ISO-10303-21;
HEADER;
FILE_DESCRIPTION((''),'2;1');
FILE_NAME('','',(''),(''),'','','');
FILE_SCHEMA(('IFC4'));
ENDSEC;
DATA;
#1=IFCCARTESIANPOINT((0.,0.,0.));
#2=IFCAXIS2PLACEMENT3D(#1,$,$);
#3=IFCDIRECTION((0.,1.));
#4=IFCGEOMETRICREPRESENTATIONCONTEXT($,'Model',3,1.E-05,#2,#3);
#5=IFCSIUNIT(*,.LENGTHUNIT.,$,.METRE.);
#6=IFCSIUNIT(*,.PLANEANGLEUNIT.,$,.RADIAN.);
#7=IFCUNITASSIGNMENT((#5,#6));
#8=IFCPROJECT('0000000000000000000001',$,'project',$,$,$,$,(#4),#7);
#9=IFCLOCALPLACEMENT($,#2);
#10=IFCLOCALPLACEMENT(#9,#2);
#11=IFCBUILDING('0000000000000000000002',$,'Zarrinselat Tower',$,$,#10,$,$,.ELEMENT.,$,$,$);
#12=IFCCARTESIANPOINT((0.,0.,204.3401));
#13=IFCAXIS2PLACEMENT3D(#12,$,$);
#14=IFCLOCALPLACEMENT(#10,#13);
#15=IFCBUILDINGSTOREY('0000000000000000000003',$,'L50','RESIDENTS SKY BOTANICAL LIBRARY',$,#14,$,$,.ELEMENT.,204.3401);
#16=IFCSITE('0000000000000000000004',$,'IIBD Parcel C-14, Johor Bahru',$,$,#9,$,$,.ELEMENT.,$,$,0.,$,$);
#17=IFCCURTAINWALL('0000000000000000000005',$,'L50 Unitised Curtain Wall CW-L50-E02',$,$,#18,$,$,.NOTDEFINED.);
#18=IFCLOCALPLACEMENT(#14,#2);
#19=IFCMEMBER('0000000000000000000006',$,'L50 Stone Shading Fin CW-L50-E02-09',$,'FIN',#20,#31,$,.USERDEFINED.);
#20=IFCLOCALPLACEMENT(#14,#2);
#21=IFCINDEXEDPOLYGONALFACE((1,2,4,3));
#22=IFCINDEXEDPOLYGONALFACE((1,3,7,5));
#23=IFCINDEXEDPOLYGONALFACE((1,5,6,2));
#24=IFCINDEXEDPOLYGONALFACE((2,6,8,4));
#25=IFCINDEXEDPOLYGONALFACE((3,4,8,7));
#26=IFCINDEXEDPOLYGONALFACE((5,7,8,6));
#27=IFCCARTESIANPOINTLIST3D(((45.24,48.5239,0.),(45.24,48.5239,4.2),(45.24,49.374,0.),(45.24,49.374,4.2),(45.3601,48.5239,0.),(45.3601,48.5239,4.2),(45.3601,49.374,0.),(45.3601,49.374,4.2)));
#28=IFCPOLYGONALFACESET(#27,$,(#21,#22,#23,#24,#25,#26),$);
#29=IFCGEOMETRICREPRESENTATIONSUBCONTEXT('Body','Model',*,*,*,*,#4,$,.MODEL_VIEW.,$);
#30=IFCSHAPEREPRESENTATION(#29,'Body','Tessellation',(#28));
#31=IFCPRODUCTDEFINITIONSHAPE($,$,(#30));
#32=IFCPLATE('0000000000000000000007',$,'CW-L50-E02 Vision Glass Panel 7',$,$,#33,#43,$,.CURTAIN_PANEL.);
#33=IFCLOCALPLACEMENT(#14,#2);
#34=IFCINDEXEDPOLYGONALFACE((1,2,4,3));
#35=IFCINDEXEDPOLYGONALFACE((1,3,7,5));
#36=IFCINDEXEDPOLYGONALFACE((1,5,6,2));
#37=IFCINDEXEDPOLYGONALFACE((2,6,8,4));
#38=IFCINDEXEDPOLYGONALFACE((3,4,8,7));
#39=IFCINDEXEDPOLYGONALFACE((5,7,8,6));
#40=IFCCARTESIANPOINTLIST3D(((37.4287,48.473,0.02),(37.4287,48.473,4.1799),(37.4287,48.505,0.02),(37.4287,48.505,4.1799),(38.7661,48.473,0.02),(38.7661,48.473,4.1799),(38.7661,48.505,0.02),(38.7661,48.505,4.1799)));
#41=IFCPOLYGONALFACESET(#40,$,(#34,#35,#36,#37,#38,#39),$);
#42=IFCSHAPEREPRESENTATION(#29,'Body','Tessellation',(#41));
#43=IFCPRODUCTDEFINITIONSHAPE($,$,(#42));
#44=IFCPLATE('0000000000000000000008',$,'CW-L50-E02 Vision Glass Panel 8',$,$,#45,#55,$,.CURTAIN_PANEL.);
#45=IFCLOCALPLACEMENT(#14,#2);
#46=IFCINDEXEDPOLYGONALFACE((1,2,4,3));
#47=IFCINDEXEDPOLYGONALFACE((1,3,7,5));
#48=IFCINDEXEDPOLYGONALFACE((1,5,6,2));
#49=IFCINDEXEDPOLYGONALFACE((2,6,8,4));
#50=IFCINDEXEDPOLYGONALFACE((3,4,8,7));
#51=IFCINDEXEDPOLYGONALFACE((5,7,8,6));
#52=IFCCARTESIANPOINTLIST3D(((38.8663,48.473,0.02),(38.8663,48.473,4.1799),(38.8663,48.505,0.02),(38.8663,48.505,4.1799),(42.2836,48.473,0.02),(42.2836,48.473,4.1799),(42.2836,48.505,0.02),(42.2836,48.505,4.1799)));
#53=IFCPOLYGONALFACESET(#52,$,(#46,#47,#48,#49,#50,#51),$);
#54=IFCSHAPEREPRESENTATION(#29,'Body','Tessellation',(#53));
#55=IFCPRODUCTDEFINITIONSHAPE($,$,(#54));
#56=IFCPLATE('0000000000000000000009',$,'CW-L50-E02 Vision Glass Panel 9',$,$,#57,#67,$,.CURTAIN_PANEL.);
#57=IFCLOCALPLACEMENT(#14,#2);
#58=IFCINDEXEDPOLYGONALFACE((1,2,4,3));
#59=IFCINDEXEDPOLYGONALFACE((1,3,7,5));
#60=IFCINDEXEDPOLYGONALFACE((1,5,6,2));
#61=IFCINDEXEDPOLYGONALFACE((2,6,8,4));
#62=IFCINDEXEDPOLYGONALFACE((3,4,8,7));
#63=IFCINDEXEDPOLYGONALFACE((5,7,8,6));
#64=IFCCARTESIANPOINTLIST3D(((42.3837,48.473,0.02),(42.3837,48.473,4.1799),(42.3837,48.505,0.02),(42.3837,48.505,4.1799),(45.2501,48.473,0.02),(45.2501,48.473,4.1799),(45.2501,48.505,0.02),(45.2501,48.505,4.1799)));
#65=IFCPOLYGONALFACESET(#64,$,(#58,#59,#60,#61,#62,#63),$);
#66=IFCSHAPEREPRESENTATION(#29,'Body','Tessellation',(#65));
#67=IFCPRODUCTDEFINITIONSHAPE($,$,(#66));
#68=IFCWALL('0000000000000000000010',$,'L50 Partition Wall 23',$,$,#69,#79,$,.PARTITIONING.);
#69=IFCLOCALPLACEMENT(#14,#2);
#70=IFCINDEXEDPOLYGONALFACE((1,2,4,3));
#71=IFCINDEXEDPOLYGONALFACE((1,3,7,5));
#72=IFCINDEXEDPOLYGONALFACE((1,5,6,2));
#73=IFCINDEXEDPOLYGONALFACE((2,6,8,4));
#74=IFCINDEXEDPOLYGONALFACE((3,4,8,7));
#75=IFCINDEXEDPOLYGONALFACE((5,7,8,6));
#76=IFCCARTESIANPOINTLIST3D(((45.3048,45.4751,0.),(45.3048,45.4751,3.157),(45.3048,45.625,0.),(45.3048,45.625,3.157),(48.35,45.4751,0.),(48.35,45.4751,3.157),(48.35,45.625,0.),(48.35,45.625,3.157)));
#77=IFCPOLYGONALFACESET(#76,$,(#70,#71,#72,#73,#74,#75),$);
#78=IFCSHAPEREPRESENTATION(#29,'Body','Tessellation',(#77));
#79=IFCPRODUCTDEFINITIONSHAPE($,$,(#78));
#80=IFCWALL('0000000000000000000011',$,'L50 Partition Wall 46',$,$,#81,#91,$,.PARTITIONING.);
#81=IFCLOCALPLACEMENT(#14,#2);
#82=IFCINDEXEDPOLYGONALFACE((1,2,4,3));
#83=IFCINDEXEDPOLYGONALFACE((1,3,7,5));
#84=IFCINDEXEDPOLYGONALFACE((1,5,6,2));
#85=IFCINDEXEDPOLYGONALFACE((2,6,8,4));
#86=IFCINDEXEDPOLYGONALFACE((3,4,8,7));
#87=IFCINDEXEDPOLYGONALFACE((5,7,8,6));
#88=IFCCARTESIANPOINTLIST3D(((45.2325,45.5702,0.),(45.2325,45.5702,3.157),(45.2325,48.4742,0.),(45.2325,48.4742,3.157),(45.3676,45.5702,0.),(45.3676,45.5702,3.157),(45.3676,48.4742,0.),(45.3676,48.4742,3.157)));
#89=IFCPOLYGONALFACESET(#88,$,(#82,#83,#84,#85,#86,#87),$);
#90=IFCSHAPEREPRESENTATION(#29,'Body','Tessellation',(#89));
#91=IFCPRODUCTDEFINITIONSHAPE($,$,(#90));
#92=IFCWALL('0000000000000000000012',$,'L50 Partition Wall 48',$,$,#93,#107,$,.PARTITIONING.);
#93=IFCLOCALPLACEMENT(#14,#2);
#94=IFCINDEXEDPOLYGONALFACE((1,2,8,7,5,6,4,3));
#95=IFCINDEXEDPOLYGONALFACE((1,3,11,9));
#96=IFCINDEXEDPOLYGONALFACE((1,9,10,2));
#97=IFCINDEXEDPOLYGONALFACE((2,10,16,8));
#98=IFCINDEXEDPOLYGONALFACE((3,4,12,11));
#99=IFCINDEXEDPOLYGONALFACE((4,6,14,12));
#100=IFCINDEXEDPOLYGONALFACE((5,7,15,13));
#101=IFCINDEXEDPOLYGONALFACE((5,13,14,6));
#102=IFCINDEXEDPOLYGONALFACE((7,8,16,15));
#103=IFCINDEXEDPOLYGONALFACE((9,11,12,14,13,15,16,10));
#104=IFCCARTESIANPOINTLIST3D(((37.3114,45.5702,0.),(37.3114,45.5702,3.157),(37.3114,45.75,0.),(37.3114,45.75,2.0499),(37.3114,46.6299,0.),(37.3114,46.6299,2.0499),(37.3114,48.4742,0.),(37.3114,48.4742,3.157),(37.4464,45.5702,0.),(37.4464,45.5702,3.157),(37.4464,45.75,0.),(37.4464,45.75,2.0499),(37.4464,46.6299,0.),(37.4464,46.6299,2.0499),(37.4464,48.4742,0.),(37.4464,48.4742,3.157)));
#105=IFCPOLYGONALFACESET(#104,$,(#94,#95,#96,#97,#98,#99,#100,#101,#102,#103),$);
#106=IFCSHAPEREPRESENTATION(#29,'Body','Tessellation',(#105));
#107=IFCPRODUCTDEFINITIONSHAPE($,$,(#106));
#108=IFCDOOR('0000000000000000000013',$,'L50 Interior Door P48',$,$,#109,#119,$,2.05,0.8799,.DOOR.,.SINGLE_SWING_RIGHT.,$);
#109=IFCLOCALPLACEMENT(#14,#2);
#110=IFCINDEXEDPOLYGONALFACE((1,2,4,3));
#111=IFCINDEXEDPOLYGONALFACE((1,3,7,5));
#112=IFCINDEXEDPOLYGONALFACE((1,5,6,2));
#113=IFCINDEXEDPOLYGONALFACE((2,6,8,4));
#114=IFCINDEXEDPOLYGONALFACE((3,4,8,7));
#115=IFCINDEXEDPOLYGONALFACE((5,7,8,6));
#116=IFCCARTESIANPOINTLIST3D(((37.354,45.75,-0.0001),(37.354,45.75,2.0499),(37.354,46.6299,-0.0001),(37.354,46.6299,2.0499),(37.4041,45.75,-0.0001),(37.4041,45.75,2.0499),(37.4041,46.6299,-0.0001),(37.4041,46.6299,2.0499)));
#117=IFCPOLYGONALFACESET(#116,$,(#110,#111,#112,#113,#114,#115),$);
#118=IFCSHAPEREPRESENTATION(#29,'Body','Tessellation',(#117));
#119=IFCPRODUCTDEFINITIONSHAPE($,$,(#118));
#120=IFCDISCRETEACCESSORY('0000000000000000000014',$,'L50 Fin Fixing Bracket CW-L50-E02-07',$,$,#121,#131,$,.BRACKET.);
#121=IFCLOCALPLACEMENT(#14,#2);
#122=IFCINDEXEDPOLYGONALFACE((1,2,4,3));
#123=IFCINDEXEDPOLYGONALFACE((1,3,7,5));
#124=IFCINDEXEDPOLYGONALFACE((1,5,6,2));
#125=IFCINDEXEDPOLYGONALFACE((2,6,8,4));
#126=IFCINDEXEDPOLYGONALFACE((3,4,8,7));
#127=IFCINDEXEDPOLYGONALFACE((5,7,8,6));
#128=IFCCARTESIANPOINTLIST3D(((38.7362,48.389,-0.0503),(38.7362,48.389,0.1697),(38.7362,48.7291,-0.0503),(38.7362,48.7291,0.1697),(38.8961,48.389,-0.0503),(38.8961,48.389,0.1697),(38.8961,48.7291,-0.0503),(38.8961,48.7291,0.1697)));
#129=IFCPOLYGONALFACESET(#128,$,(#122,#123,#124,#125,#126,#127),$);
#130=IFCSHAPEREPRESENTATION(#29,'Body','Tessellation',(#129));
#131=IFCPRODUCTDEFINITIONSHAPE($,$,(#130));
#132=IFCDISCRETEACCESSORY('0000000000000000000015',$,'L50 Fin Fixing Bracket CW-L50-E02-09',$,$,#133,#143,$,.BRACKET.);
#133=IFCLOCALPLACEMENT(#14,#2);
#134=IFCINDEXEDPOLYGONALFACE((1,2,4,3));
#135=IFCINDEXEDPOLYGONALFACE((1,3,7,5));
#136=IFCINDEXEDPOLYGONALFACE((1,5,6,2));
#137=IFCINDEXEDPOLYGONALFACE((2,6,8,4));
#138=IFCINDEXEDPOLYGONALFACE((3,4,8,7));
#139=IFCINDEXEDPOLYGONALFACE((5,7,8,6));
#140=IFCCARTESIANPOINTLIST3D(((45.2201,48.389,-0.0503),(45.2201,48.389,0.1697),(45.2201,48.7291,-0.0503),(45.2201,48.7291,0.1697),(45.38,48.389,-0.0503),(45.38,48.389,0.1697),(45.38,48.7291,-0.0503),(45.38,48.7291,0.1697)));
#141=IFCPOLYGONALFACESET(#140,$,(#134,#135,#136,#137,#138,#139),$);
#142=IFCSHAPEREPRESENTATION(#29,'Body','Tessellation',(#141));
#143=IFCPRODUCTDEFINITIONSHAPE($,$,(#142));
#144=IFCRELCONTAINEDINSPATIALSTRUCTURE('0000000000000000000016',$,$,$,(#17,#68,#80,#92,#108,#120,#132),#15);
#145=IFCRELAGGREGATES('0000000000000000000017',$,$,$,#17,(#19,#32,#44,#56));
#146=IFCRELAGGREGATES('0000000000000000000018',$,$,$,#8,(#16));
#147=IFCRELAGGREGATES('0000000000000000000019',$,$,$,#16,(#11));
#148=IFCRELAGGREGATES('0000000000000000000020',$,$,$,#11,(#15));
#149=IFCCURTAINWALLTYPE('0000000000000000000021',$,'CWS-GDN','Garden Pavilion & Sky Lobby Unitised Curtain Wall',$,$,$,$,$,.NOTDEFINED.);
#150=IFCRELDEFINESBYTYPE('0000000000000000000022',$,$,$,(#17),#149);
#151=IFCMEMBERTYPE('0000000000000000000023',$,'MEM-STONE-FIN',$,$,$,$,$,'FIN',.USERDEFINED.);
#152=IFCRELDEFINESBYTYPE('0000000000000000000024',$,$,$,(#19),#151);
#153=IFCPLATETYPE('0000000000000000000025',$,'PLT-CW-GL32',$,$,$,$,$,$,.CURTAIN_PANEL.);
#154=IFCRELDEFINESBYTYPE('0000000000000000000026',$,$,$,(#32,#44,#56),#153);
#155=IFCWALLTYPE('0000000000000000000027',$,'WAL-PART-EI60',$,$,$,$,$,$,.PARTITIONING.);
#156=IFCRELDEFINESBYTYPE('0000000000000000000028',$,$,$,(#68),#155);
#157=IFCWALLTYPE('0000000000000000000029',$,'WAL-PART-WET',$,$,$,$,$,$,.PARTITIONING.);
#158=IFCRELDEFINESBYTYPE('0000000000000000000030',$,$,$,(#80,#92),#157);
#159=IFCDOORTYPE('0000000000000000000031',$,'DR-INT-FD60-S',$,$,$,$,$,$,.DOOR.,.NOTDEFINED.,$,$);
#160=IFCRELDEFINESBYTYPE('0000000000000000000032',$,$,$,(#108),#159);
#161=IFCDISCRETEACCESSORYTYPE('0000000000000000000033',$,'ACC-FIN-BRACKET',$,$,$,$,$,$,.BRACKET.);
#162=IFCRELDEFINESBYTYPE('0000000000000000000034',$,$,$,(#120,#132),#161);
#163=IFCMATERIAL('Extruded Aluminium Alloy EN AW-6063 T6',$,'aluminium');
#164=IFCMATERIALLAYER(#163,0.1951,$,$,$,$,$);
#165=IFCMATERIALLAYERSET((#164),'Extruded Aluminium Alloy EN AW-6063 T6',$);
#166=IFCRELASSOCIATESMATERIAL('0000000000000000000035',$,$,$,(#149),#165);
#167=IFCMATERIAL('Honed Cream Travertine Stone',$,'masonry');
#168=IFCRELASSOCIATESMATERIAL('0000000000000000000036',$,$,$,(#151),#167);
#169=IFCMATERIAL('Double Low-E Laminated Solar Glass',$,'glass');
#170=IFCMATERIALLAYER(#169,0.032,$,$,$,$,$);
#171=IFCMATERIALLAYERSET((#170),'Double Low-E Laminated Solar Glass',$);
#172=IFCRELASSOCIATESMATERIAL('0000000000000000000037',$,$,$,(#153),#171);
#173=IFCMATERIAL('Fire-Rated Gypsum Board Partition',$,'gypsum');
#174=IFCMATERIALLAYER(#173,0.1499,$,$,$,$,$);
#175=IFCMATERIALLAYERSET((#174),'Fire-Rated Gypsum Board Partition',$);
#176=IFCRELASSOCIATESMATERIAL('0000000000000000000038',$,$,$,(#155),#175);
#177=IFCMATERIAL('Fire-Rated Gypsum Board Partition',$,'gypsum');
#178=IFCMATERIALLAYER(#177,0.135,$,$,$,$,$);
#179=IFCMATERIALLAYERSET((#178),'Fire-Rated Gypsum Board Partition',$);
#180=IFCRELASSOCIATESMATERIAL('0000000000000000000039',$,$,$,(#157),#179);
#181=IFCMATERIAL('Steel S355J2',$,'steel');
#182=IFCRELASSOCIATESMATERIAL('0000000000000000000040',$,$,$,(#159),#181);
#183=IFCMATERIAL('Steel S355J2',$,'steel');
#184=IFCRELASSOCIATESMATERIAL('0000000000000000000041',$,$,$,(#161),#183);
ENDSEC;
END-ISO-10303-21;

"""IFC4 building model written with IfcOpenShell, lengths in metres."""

from ifc_helpers import new_model, si_unit, direction, frame, frame_2d, origin, origin_2d, place, context, subcontext, project, spatial, rectangle, extrude, material, layer, layer_set, material_profile, profile_set, type_object, element, fill, aggregate, save


model = new_model("IFC4")

# Units and contexts
model_context = context("Model", 3, precision=1e-05, world=origin(), true_north=direction((0.0, 1.0)))
body_context = subcontext(model_context, "Body", "Model", "MODEL_VIEW")
ifc_project = project(units=[si_unit("LENGTHUNIT", "METRE"), si_unit("PLANEANGLEUNIT", "RADIAN")], contexts=[model_context])

# Site, building, storey
site_placement = place(None, origin())
site = spatial("IfcSite", under=ifc_project, at=site_placement, Name="IIBD Parcel C-14, Johor Bahru", CompositionType="ELEMENT", RefElevation=0.0)
building_placement = place(site_placement, origin())
building = spatial("IfcBuilding", under=site, at=building_placement, Name="Zarrinselat Tower", CompositionType="ELEMENT")
storey_placement = place(building_placement, frame((0.0, 0.0, 204.3401)))
storey = spatial("IfcBuildingStorey", under=building, at=storey_placement, Name="L50", Description="RESIDENTS SKY BOTANICAL LIBRARY", CompositionType="ELEMENT", Elevation=204.3401)

# Curtain wall, member, plates
ifc_material_1 = material(Name="Extruded Aluminium Alloy EN AW-6063 T6", Category="aluminium")
ifc_layer_1 = layer(ifc_material_1, 0.1951)
ifc_layer_set_1 = layer_set([ifc_layer_1], Name="Extruded Aluminium Alloy EN AW-6063 T6")
curtain_wall_type = type_object("IfcCurtainWallType", Name="CWS-GDN", Description="Garden Pavilion & Sky Lobby Unitised Curtain Wall", PredefinedType="NOTDEFINED", material=ifc_layer_set_1)
curtain_wall_placement = place(storey_placement, origin())
curtain_wall = element("IfcCurtainWall", 1, at=curtain_wall_placement, inside=storey, type_object=curtain_wall_type, Name="L50 Unitised Curtain Wall CW-L50-E02", PredefinedType="NOTDEFINED")
ifc_material_2 = material(Name="Honed Cream Travertine Stone", Category="masonry")
ifc_material_profile_1 = material_profile(ifc_material_2, rectangle(XDim=0.1201, YDim=0.8501, at=origin_2d()), Name="FIN 850x120")
ifc_profile_set_1 = profile_set([ifc_material_profile_1], Name="Honed Cream Travertine Stone")
member_type_1 = type_object("IfcMemberType", Name="MEM-STONE-FIN", ElementType="FIN", PredefinedType="USERDEFINED", material=ifc_profile_set_1)
member_1_placement = place(storey_placement, frame((45.3, 48.949, 0.0), z_axis=(0.0, 0.0, 1.0), x_axis=(1.0, 0.0, 0.0)))
member_1 = element("IfcMember", 2, at=member_1_placement, type_object=member_type_1, Name="L50 Stone Shading Fin CW-L50-E02-09", ObjectType="FIN", PredefinedType="USERDEFINED", context=body_context, shape_type="SweptSolid", body=[
    extrude(rectangle(XDim=0.1201, YDim=0.8501, at=origin_2d()), origin(), (0.0, 0.0, 1.0), 4.2),
])
ifc_material_3 = material(Name="Double Low-E Laminated Solar Glass", Category="glass")
ifc_layer_2 = layer(ifc_material_3, 0.032)
ifc_layer_set_2 = layer_set([ifc_layer_2], Name="Double Low-E Laminated Solar Glass")
plate_type = type_object("IfcPlateType", Name="PLT-CW-GL32", PredefinedType="CURTAIN_PANEL", material=ifc_layer_set_2)
plate_1_placement = place(storey_placement, frame((38.0974, 48.489, 0.02), z_axis=(0.0, 0.0, 1.0), x_axis=(1.0, 0.0, 0.0)))
plate_1 = element("IfcPlate", 3, at=plate_1_placement, type_object=plate_type, Name="CW-L50-E02 Vision Glass Panel 7", PredefinedType="CURTAIN_PANEL", context=body_context, shape_type="SweptSolid", body=[
    extrude(rectangle(XDim=1.3374, YDim=0.032, at=origin_2d()), origin(), (0.0, 0.0, 1.0), 4.1599),
])
plate_2_placement = place(storey_placement, frame((40.575, 48.489, 0.02), z_axis=(0.0, 0.0, 1.0), x_axis=(1.0, 0.0, 0.0)))
plate_2 = element("IfcPlate", 4, at=plate_2_placement, type_object=plate_type, Name="CW-L50-E02 Vision Glass Panel 8", PredefinedType="CURTAIN_PANEL", context=body_context, shape_type="SweptSolid", body=[
    extrude(rectangle(XDim=3.4172, YDim=0.032, at=origin_2d()), origin(), (0.0, 0.0, 1.0), 4.1599),
])
plate_3_placement = place(storey_placement, frame((43.8169, 48.489, 0.02), z_axis=(0.0, 0.0, 1.0), x_axis=(1.0, 0.0, 0.0)))
plate_3 = element("IfcPlate", 5, at=plate_3_placement, type_object=plate_type, Name="CW-L50-E02 Vision Glass Panel 9", PredefinedType="CURTAIN_PANEL", context=body_context, shape_type="SweptSolid", body=[
    extrude(rectangle(XDim=2.8665, YDim=0.032, at=origin_2d()), origin(), (0.0, 0.0, 1.0), 4.1599),
])
aggregate(curtain_wall, [member_1, plate_1, plate_2, plate_3])

# Walls
ifc_material_4 = material(Name="Fire-Rated Gypsum Board Partition", Category="gypsum")
ifc_layer_3 = layer(ifc_material_4, 0.1499)
ifc_layer_set_3 = layer_set([ifc_layer_3], Name="Fire-Rated Gypsum Board Partition")
wall_type_1 = type_object("IfcWallType", Name="WAL-PART-EI60", PredefinedType="PARTITIONING", material=ifc_layer_set_3)
wall_1_placement = place(storey_placement, frame((45.3049, 45.55, 0.0), z_axis=(0.0, 0.0, 1.0), x_axis=(1.0, 0.0, 0.0)))
element("IfcWall", 6, at=wall_1_placement, inside=storey, type_object=wall_type_1, Name="L50 Partition Wall 23", PredefinedType="PARTITIONING", context=body_context, shape_type="SweptSolid", body=[
    extrude(rectangle(XDim=3.0452, YDim=0.1499, at=frame_2d((1.5225, 0.0))), origin(), (0.0, 0.0, 1.0), 3.157),
])
ifc_material_5 = material(Name="Fire-Rated Gypsum Board Partition", Category="gypsum")
ifc_layer_4 = layer(ifc_material_5, 0.135)
ifc_layer_set_4 = layer_set([ifc_layer_4], Name="Fire-Rated Gypsum Board Partition")
wall_type_2 = type_object("IfcWallType", Name="WAL-PART-WET", PredefinedType="PARTITIONING", material=ifc_layer_set_4)
wall_2_placement = place(storey_placement, frame((45.3, 45.5701, 0.0), z_axis=(0.0, 0.0, 1.0), x_axis=(0.0, 1.0, 0.0)))
element("IfcWall", 7, at=wall_2_placement, inside=storey, type_object=wall_type_2, Name="L50 Partition Wall 46", PredefinedType="PARTITIONING", context=body_context, shape_type="SweptSolid", body=[
    extrude(rectangle(XDim=2.9041, YDim=0.135, at=frame_2d((1.4521, 0.0))), origin(), (0.0, 0.0, 1.0), 3.157),
])

# Wall, opening, door
wall_3_placement = place(storey_placement, frame((37.3789, 45.5701, 0.0), z_axis=(0.0, 0.0, 1.0), x_axis=(0.0, 1.0, 0.0)))
wall_3 = element("IfcWall", 8, at=wall_3_placement, inside=storey, type_object=wall_type_2, Name="L50 Partition Wall 48", PredefinedType="PARTITIONING", context=body_context, shape_type="SweptSolid", body=[
    extrude(rectangle(XDim=2.9041, YDim=0.135, at=frame_2d((1.4521, 0.0))), origin(), (0.0, 0.0, 1.0), 3.157),
])
opening_placement = place(wall_3_placement, frame((0.1799, 0.0, 0.0)))
opening = element("IfcOpeningElement", 9, at=opening_placement, cuts=wall_3, PredefinedType="OPENING", context=body_context, shape_type="SweptSolid", body=[
    extrude(rectangle(XDim=0.8799, YDim=2.05, at=frame_2d((0.4399, 1.0249))), frame((0.0, 0.0774, 0.0), z_axis=(0.0, -1.0, 0.0), x_axis=(1.0, 0.0, 0.0)), (0.0, 0.0, 1.0), 0.155),
])
ifc_material_6 = material(Name="Steel S355J2", Category="steel")
door_type = type_object("IfcDoorType", Name="DR-INT-FD60-S", OperationType="NOTDEFINED", PredefinedType="DOOR", material=ifc_material_6)
door_placement = place(opening_placement, origin())
door = element("IfcDoor", 10, at=door_placement, inside=storey, type_object=door_type, Name="L50 Interior Door P48", OperationType="SINGLE_SWING_RIGHT", OverallHeight=2.05, OverallWidth=0.8799, PredefinedType="DOOR", context=body_context, shape_type="SweptSolid", body=[
    extrude(rectangle(XDim=0.8799, YDim=2.05, at=frame_2d((0.4399, 1.0249))), frame((0.0, 0.0249, 0.0), z_axis=(0.0, -1.0, 0.0), x_axis=(1.0, 0.0, 0.0)), (0.0, 0.0, 1.0), 0.05),
])
fill(opening, door)

# Discrete accessories
ifc_material_7 = material(Name="Steel S355J2", Category="steel")
discrete_accessory_type = type_object("IfcDiscreteAccessoryType", Name="ACC-FIN-BRACKET", PredefinedType="BRACKET", material=ifc_material_7)
for number, where, z_axis, x_axis, name in (
    (11, (38.8162, 48.5591, -0.0503), (0.0, 0.0, 1.0), (0.0, 1.0, 0.0), "L50 Fin Fixing Bracket CW-L50-E02-07"),
    (12, (45.3, 48.5591, -0.0503), (0.0, 0.0, 1.0), (0.0, 1.0, 0.0), "L50 Fin Fixing Bracket CW-L50-E02-09"),
):
    element("IfcDiscreteAccessory", number, at=place(storey_placement, frame(where, z_axis=z_axis, x_axis=x_axis)), inside=storey, type_object=discrete_accessory_type, Name=name, PredefinedType="BRACKET", context=body_context, shape_type="SweptSolid", body=[
        extrude(rectangle(XDim=0.3401, YDim=0.1599, at=origin_2d()), origin(), (0.0, 0.0, 1.0), 0.22),
    ])

save(model, "model.ifc")
